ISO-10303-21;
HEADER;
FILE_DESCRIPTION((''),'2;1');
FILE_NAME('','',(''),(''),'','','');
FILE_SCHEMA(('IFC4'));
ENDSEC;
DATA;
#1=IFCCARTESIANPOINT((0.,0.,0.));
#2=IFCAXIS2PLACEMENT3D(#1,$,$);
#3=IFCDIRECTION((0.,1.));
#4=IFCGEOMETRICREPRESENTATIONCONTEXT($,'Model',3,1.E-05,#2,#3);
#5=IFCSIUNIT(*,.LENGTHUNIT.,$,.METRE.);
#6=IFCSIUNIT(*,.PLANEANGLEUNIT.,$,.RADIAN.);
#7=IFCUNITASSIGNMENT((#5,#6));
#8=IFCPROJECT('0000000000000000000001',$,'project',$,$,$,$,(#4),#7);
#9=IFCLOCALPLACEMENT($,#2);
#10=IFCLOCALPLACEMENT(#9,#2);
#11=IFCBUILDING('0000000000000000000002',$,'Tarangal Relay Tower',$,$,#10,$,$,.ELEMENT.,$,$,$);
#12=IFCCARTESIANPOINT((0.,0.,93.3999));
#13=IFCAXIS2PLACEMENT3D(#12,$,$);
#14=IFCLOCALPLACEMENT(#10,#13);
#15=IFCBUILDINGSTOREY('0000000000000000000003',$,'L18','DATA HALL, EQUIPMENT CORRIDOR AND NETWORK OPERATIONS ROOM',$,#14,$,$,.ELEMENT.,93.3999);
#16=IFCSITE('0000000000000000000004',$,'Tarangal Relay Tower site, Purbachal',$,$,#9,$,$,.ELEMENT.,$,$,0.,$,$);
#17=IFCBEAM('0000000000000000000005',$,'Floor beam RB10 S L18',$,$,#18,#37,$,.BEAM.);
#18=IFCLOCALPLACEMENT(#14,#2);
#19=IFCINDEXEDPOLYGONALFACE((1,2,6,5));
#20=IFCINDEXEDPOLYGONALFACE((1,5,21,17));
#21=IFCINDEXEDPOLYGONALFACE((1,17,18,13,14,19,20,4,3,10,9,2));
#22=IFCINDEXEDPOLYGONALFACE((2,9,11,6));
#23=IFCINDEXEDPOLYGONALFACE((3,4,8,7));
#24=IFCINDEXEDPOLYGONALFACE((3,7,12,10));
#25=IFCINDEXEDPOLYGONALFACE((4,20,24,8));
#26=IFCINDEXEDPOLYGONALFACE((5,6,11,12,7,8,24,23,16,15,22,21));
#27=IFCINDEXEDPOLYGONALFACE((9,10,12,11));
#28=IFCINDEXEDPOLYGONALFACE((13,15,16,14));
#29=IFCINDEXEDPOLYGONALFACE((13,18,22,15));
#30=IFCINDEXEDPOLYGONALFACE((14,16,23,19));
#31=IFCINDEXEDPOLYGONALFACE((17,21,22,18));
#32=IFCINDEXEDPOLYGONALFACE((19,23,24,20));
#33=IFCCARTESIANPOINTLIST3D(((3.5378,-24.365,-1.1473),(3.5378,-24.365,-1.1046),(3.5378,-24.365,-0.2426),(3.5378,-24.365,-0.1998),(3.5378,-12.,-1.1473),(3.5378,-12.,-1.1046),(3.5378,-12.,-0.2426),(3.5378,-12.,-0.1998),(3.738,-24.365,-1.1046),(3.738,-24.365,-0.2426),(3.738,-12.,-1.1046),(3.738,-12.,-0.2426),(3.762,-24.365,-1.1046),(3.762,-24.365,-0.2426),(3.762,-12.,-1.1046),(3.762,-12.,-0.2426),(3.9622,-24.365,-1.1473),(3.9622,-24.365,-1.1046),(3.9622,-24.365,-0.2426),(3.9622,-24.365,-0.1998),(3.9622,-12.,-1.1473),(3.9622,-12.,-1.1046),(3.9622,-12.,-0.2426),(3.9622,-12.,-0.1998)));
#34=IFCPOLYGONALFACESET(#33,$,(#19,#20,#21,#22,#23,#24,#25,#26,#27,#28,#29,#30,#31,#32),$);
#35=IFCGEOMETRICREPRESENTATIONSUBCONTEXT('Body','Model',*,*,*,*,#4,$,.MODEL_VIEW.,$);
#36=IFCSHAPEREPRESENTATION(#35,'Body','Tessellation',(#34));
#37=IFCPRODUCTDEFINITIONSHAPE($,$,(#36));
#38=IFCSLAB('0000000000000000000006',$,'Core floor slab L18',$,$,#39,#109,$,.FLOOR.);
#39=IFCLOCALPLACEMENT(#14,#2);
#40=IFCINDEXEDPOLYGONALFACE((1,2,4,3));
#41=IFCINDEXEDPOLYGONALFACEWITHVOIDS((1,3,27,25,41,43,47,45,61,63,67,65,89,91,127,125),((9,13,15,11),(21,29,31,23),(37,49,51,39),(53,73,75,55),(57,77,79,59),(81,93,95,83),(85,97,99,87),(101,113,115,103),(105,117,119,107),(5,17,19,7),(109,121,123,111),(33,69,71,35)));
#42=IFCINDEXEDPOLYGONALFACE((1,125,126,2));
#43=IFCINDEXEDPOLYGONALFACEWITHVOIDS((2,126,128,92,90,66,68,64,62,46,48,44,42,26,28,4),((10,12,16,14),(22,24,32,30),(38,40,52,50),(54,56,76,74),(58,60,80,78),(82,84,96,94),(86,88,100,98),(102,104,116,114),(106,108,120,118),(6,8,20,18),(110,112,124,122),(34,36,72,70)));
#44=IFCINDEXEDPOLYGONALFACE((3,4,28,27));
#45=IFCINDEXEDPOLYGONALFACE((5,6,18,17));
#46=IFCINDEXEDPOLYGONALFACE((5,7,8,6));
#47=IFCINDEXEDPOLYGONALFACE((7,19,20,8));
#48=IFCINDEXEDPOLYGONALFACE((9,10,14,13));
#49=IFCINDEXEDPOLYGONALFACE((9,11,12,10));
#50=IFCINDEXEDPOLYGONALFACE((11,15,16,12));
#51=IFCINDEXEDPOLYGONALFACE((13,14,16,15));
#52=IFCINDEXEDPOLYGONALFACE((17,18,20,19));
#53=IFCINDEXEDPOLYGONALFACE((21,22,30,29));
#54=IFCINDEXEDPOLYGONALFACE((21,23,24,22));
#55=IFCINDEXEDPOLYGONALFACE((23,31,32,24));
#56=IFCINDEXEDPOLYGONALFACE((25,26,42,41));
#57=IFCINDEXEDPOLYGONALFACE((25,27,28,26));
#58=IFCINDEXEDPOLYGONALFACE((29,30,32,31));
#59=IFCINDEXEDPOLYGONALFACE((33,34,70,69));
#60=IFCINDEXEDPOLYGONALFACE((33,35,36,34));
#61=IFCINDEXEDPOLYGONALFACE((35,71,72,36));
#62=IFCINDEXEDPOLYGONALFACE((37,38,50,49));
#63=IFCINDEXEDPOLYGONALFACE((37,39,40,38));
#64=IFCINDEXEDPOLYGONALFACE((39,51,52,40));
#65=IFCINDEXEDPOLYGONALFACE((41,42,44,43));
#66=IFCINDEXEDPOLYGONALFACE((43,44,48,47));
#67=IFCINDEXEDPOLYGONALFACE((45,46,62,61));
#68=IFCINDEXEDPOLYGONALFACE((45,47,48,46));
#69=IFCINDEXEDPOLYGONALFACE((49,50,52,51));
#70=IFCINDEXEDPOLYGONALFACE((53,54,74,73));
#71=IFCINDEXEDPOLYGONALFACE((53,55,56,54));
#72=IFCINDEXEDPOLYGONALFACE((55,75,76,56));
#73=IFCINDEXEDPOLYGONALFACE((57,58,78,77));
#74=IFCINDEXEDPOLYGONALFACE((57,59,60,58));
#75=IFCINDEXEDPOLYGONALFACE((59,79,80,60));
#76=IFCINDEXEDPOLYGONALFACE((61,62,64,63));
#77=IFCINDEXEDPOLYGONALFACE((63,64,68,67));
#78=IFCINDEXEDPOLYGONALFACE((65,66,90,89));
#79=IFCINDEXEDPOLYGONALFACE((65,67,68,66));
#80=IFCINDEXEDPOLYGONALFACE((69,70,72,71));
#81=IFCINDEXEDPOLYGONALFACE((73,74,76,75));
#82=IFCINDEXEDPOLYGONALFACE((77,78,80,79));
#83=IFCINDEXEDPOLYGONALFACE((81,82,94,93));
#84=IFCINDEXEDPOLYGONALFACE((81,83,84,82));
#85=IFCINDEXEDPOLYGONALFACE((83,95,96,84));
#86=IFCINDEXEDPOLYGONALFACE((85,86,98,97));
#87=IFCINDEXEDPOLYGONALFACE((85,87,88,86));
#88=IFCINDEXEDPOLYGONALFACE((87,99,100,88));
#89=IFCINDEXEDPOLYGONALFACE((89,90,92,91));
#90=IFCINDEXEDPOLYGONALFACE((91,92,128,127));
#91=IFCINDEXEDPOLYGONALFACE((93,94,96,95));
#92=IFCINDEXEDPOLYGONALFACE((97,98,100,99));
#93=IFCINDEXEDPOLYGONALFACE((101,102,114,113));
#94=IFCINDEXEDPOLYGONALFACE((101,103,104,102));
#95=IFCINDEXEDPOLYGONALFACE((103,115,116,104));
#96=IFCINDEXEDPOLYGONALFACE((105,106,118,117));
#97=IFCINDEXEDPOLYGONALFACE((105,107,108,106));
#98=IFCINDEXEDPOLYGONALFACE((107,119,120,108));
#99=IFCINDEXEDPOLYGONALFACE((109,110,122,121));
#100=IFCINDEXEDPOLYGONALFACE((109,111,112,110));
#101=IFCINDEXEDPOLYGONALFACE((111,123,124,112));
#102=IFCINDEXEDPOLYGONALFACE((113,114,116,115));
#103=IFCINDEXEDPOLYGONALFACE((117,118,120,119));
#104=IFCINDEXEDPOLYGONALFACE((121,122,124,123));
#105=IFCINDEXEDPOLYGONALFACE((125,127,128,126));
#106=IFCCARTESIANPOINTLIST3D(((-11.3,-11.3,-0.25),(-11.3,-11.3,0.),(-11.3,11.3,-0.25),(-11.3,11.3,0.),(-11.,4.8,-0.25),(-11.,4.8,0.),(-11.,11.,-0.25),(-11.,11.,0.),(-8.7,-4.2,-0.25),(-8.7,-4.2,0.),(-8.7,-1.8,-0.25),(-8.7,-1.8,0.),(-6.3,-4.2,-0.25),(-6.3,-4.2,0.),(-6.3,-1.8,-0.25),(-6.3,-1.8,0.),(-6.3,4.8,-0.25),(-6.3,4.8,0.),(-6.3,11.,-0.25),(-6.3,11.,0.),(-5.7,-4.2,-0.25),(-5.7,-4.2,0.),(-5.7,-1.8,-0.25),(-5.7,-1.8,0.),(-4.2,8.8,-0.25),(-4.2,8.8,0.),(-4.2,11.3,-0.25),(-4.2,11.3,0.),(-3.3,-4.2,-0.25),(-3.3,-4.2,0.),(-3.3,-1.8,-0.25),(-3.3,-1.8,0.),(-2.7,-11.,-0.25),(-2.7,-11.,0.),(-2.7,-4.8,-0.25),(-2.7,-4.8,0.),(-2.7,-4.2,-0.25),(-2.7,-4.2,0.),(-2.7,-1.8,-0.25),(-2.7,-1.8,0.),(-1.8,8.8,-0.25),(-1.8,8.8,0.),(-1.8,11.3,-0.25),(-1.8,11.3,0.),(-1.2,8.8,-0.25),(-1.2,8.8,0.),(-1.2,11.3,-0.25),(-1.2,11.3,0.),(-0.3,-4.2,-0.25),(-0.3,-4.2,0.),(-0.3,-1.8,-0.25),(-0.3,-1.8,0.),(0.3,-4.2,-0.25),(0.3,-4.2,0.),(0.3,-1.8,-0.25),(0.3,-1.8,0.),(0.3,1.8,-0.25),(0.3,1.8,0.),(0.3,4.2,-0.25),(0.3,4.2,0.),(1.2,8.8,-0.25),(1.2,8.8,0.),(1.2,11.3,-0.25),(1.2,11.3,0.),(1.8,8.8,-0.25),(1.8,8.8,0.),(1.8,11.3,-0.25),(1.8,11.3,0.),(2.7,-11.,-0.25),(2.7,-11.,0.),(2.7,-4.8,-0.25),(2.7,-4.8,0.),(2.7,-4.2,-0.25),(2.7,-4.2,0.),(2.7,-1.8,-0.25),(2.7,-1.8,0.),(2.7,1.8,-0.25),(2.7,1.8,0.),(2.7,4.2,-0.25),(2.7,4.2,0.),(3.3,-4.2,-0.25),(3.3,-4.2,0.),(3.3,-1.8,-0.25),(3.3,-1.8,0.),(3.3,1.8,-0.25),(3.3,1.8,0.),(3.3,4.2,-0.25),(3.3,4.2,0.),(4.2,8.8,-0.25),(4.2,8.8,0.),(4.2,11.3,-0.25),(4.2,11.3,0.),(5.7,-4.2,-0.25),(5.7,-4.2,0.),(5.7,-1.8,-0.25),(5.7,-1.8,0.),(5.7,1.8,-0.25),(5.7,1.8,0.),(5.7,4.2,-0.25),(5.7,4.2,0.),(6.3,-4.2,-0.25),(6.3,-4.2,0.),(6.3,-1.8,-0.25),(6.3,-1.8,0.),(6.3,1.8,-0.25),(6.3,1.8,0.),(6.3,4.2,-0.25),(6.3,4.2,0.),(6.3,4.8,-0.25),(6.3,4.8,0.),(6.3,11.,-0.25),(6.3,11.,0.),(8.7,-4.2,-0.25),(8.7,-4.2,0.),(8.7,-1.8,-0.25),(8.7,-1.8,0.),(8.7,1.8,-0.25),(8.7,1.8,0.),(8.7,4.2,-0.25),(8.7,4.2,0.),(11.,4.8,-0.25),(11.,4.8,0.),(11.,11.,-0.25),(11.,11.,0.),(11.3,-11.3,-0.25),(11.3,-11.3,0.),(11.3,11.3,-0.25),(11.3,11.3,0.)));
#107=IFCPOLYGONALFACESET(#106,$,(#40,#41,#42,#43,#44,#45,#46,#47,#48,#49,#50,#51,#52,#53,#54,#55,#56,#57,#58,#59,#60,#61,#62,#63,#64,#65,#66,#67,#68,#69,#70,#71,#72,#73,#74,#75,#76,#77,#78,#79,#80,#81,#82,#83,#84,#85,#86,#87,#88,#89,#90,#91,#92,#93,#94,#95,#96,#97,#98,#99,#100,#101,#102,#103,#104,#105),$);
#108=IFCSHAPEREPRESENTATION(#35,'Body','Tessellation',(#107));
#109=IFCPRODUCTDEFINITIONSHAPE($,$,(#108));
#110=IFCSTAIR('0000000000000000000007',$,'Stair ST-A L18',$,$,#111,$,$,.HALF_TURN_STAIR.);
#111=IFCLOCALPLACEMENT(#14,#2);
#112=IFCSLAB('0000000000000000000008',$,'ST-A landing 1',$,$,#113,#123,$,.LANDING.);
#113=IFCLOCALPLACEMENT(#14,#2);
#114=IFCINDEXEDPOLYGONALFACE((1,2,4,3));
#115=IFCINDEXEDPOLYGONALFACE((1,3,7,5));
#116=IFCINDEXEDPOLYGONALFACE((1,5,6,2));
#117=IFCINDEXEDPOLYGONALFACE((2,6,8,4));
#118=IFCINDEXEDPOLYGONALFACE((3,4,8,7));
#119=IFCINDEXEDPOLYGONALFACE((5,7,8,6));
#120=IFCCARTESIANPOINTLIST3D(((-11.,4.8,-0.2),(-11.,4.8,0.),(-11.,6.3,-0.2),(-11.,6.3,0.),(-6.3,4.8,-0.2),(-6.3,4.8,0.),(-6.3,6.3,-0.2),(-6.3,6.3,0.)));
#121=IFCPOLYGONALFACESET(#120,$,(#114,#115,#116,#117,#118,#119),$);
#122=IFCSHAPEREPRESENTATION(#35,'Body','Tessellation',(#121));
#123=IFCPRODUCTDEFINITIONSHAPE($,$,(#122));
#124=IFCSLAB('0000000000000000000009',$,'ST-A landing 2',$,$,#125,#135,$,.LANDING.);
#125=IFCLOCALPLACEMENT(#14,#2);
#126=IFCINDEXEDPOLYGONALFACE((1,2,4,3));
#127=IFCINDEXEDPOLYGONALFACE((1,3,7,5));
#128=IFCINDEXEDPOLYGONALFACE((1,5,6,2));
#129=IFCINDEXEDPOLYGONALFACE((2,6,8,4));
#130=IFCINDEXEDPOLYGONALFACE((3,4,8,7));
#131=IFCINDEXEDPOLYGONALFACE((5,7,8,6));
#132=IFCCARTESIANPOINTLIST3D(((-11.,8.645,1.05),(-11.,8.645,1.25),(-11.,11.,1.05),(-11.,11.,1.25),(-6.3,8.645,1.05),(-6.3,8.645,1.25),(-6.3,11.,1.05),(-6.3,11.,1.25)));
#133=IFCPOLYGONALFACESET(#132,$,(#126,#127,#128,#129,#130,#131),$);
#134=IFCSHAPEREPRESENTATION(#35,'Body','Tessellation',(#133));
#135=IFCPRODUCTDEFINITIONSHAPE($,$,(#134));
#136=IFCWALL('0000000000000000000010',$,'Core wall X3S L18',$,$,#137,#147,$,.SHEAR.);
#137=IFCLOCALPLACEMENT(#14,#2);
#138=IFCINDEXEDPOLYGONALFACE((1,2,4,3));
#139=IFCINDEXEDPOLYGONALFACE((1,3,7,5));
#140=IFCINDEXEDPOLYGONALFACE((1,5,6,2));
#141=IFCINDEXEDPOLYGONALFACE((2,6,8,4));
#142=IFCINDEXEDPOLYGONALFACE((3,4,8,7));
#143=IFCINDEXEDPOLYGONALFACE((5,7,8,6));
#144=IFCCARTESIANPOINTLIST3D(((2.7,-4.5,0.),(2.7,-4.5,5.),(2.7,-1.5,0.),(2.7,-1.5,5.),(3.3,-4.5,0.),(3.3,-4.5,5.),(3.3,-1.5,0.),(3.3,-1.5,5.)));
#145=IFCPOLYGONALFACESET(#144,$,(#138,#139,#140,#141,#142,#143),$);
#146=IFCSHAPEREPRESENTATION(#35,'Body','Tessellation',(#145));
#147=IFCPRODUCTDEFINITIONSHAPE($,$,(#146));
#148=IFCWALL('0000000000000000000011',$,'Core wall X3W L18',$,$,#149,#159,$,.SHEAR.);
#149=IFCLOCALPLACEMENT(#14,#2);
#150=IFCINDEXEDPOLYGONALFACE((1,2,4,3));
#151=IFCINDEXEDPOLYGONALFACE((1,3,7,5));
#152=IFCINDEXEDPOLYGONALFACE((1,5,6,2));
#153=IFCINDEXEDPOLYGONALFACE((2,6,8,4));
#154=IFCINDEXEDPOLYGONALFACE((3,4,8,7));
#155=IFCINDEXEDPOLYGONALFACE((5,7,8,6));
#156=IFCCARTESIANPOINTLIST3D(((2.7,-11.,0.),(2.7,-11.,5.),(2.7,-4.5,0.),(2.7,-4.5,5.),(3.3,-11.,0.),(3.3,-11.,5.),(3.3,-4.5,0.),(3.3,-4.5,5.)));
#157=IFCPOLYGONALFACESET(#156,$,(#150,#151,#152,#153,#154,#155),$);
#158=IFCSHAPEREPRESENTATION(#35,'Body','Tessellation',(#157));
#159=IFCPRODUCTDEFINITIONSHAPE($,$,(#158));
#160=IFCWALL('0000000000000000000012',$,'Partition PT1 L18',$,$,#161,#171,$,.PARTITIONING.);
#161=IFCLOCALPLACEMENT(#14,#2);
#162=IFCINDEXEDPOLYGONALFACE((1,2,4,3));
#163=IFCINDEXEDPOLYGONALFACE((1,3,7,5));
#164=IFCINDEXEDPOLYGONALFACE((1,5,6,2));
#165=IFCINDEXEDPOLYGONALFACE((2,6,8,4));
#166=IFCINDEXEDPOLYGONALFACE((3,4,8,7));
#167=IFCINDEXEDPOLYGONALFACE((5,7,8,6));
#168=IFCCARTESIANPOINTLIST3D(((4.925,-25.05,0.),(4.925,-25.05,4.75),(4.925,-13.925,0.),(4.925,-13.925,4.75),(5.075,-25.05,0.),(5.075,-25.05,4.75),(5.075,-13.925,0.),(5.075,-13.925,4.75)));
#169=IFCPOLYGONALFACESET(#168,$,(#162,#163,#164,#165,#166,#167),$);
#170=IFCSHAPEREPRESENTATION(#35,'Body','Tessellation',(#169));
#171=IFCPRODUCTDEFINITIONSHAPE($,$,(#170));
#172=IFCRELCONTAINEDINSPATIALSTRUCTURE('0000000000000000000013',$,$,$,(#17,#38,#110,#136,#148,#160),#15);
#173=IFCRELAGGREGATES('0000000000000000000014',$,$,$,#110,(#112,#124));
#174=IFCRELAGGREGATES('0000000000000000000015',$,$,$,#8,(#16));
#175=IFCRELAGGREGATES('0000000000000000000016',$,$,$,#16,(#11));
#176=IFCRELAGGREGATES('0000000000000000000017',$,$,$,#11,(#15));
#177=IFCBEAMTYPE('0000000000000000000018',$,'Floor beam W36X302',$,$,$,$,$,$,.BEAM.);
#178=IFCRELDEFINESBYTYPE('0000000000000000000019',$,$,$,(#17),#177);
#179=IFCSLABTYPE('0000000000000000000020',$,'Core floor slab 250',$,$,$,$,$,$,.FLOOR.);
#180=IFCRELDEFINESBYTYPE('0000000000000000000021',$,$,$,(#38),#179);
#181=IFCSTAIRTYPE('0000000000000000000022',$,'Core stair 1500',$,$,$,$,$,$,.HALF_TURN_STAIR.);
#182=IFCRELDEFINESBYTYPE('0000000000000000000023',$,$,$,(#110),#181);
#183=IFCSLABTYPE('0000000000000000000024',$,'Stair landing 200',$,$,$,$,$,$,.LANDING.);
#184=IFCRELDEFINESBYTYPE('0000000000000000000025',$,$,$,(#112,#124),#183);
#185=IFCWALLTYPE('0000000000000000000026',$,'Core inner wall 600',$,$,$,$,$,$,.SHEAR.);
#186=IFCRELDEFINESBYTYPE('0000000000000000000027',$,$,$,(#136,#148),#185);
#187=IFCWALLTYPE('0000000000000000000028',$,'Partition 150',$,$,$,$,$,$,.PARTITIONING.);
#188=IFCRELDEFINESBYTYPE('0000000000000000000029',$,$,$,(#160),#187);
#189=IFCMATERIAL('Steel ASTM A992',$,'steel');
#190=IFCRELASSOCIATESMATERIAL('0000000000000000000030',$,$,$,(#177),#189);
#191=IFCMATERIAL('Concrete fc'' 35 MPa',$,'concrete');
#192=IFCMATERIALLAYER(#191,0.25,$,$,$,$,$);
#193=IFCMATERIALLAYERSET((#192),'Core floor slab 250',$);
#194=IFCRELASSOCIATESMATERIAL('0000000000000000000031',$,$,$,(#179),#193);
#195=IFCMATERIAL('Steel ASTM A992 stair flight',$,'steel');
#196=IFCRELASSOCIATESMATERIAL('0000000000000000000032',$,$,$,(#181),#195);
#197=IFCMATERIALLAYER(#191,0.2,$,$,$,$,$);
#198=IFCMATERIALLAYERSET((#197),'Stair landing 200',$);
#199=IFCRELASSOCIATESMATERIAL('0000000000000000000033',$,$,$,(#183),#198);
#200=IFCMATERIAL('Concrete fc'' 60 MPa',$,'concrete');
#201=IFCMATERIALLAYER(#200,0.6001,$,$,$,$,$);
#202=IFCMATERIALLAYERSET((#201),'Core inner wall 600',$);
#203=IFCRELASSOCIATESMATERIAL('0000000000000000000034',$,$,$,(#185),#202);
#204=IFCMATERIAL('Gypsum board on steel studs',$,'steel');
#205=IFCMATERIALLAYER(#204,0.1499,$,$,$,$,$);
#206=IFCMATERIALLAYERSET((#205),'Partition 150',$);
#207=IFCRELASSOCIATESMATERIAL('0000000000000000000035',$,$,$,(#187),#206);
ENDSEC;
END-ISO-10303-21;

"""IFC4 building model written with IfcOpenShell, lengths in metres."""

from ifc_helpers import new_model, si_unit, direction, frame, frame_2d, origin, origin_2d, place, context, subcontext, project, spatial, polyline, rectangle, i_section, outline, extrude, material, layer, layer_set, material_profile, profile_set, type_object, element, aggregate, save


model = new_model("IFC4")

# Units and contexts
model_context = context("Model", 3, precision=1e-05, world=origin(), true_north=direction((0.0, 1.0)))
body_context = subcontext(model_context, "Body", "Model", "MODEL_VIEW")
ifc_project = project(units=[si_unit("LENGTHUNIT", "METRE"), si_unit("PLANEANGLEUNIT", "RADIAN")], contexts=[model_context])

# Site, building, storey
site_placement = place(None, origin())
site = spatial("IfcSite", under=ifc_project, at=site_placement, Name="Tarangal Relay Tower site, Purbachal", CompositionType="ELEMENT", RefElevation=0.0)
building_placement = place(site_placement, origin())
building = spatial("IfcBuilding", under=site, at=building_placement, Name="Tarangal Relay Tower", CompositionType="ELEMENT")
storey_placement = place(building_placement, frame((0.0, 0.0, 93.3999)))
storey = spatial("IfcBuildingStorey", under=building, at=storey_placement, Name="L18", Description="DATA HALL, EQUIPMENT CORRIDOR AND NETWORK OPERATIONS ROOM", CompositionType="ELEMENT", Elevation=93.3999)

# Beam
ifc_material_1 = material(Name="Steel ASTM A992", Category="steel")
ifc_material_profile = material_profile(ifc_material_1, i_section(OverallWidth=0.4243, OverallDepth=0.9475, WebThickness=0.0239, FlangeThickness=0.0427, at=origin_2d()), Name="W36X302")
ifc_profile_set = profile_set([ifc_material_profile], Name="Steel ASTM A992")
beam_type = type_object("IfcBeamType", Name="Floor beam W36X302", PredefinedType="BEAM", material=ifc_profile_set)
beam_placement = place(storey_placement, frame((3.75, -12.0, -0.6736), z_axis=(0.0, -1.0, 0.0), x_axis=(1.0, 0.0, 0.0)))
element("IfcBeam", 1, at=beam_placement, inside=storey, type_object=beam_type, Name="Floor beam RB10 S L18", PredefinedType="BEAM", context=body_context, shape_type="SweptSolid", body=[
    extrude(i_section(OverallWidth=0.4243, OverallDepth=0.9475, WebThickness=0.0239, FlangeThickness=0.0427, at=origin_2d()), origin(), (0.0, 0.0, 1.0), 12.365),
])

# Slab
ifc_material_2 = material(Name="Concrete fc' 35 MPa", Category="concrete")
ifc_layer_1 = layer(ifc_material_2, 0.25)
ifc_layer_set_1 = layer_set([ifc_layer_1], Name="Core floor slab 250")
slab_type_1 = type_object("IfcSlabType", Name="Core floor slab 250", PredefinedType="FLOOR", material=ifc_layer_set_1)
slab_1_placement = place(storey_placement, frame((0.0, 0.0, -0.25)))
element("IfcSlab", 2, at=slab_1_placement, inside=storey, type_object=slab_type_1, Name="Core floor slab L18", PredefinedType="FLOOR", context=body_context, shape_type="SweptSolid", body=[
    extrude(outline(polyline([(11.3, 11.3), (11.3, -11.3), (-11.3, -11.3), (-11.3, 11.3), (-4.2, 11.3), (-4.2, 8.8), (-1.8, 8.8), (-1.8, 11.3), (-1.2, 11.3), (-1.2, 8.8), (1.2, 8.8), (1.2, 11.3), (1.8, 11.3), (1.8, 8.8), (4.2, 8.8), (4.2, 11.3), (11.3, 11.3)]), holes=[polyline([(2.7, -4.8), (-2.7, -4.8), (-2.7, -11.0), (2.7, -11.0), (2.7, -4.8)]), polyline([(-6.3, -4.2), (-6.3, -1.8), (-8.7, -1.8), (-8.7, -4.2), (-6.3, -4.2)]), polyline([(-3.3, -4.2), (-3.3, -1.8), (-5.7, -1.8), (-5.7, -4.2), (-3.3, -4.2)]), polyline([(-0.3, -4.2), (-0.3, -1.8), (-2.7, -1.8), (-2.7, -4.2), (-0.3, -4.2)]), polyline([(2.7, 1.8), (2.7, 4.2), (0.3, 4.2), (0.3, 1.8), (2.7, 1.8)]), polyline([(-6.3, 4.8), (-6.3, 11.0), (-11.0, 11.0), (-11.0, 4.8), (-6.3, 4.8)]), polyline([(2.7, -4.2), (2.7, -1.8), (0.3, -1.8), (0.3, -4.2), (2.7, -4.2)]), polyline([(5.7, -4.2), (5.7, -1.8), (3.3, -1.8), (3.3, -4.2), (5.7, -4.2)]), polyline([(8.7, -4.2), (8.7, -1.8), (6.3, -1.8), (6.3, -4.2), (8.7, -4.2)]), polyline([(5.7, 1.8), (5.7, 4.2), (3.3, 4.2), (3.3, 1.8), (5.7, 1.8)]), polyline([(8.7, 1.8), (8.7, 4.2), (6.3, 4.2), (6.3, 1.8), (8.7, 1.8)]), polyline([(11.0, 4.8), (11.0, 11.0), (6.3, 11.0), (6.3, 4.8), (11.0, 4.8)])]), origin(), (0.0, 0.0, 1.0), 0.25),
])

# Stair, slabs
ifc_material_3 = material(Name="Steel ASTM A992 stair flight", Category="steel")
stair_type = type_object("IfcStairType", Name="Core stair 1500", PredefinedType="HALF_TURN_STAIR", material=ifc_material_3)
stair_1_placement = place(storey_placement, origin())
stair_1 = element("IfcStair", 3, at=stair_1_placement, inside=storey, type_object=stair_type, Name="Stair ST-A L18", PredefinedType="HALF_TURN_STAIR")
ifc_layer_2 = layer(ifc_material_2, 0.2)
ifc_layer_set_2 = layer_set([ifc_layer_2], Name="Stair landing 200")
slab_type_2 = type_object("IfcSlabType", Name="Stair landing 200", PredefinedType="LANDING", material=ifc_layer_set_2)
slab_2_placement = place(storey_placement, frame((0.0, 0.0, -0.2)))
slab_2 = element("IfcSlab", 4, at=slab_2_placement, type_object=slab_type_2, Name="ST-A landing 1", PredefinedType="LANDING", context=body_context, shape_type="SweptSolid", body=[
    extrude(outline(polyline([(-11.0, 4.8), (-6.3, 4.8), (-6.3, 6.3), (-11.0, 6.3), (-11.0, 4.8)])), origin(), (0.0, 0.0, 1.0), 0.2),
])
slab_3_placement = place(storey_placement, frame((0.0, 0.0, 1.05)))
slab_3 = element("IfcSlab", 5, at=slab_3_placement, type_object=slab_type_2, Name="ST-A landing 2", PredefinedType="LANDING", context=body_context, shape_type="SweptSolid", body=[
    extrude(outline(polyline([(-11.0, 8.645), (-6.3, 8.645), (-6.3, 11.0), (-11.0, 11.0), (-11.0, 8.645)])), origin(), (0.0, 0.0, 1.0), 0.2),
])
aggregate(stair_1, [slab_2, slab_3])

# Walls
ifc_material_4 = material(Name="Concrete fc' 60 MPa", Category="concrete")
ifc_layer_3 = layer(ifc_material_4, 0.6001)
ifc_layer_set_3 = layer_set([ifc_layer_3], Name="Core inner wall 600")
wall_type_1 = type_object("IfcWallType", Name="Core inner wall 600", PredefinedType="SHEAR", material=ifc_layer_set_3)
wall_1_placement = place(storey_placement, frame((3.0, -4.5, 0.0), z_axis=(0.0, 0.0, 1.0), x_axis=(0.0, 1.0, 0.0)))
element("IfcWall", 6, at=wall_1_placement, inside=storey, type_object=wall_type_1, Name="Core wall X3S L18", PredefinedType="SHEAR", context=body_context, shape_type="SweptSolid", body=[
    extrude(rectangle(XDim=3.0, YDim=0.6001, at=frame_2d((1.5, 0.0))), origin(), (0.0, 0.0, 1.0), 5.0),
])
wall_2_placement = place(storey_placement, frame((3.0, -11.0, 0.0), z_axis=(0.0, 0.0, 1.0), x_axis=(0.0, 1.0, 0.0)))
element("IfcWall", 7, at=wall_2_placement, inside=storey, type_object=wall_type_1, Name="Core wall X3W L18", PredefinedType="SHEAR", context=body_context, shape_type="SweptSolid", body=[
    extrude(rectangle(XDim=6.5, YDim=0.6001, at=frame_2d((3.25, 0.0))), origin(), (0.0, 0.0, 1.0), 5.0),
])
ifc_material_5 = material(Name="Gypsum board on steel studs", Category="steel")
ifc_layer_4 = layer(ifc_material_5, 0.1499)
ifc_layer_set_4 = layer_set([ifc_layer_4], Name="Partition 150")
wall_type_2 = type_object("IfcWallType", Name="Partition 150", PredefinedType="PARTITIONING", material=ifc_layer_set_4)
wall_3_placement = place(storey_placement, frame((5.0, -25.05, 0.0), z_axis=(0.0, 0.0, 1.0), x_axis=(0.0, 1.0, 0.0)))
element("IfcWall", 8, at=wall_3_placement, inside=storey, type_object=wall_type_2, Name="Partition PT1 L18", PredefinedType="PARTITIONING", context=body_context, shape_type="SweptSolid", body=[
    extrude(rectangle(XDim=11.125, YDim=0.1499, at=frame_2d((5.5625, 0.0))), origin(), (0.0, 0.0, 1.0), 4.75),
])

save(model, "model.ifc")
